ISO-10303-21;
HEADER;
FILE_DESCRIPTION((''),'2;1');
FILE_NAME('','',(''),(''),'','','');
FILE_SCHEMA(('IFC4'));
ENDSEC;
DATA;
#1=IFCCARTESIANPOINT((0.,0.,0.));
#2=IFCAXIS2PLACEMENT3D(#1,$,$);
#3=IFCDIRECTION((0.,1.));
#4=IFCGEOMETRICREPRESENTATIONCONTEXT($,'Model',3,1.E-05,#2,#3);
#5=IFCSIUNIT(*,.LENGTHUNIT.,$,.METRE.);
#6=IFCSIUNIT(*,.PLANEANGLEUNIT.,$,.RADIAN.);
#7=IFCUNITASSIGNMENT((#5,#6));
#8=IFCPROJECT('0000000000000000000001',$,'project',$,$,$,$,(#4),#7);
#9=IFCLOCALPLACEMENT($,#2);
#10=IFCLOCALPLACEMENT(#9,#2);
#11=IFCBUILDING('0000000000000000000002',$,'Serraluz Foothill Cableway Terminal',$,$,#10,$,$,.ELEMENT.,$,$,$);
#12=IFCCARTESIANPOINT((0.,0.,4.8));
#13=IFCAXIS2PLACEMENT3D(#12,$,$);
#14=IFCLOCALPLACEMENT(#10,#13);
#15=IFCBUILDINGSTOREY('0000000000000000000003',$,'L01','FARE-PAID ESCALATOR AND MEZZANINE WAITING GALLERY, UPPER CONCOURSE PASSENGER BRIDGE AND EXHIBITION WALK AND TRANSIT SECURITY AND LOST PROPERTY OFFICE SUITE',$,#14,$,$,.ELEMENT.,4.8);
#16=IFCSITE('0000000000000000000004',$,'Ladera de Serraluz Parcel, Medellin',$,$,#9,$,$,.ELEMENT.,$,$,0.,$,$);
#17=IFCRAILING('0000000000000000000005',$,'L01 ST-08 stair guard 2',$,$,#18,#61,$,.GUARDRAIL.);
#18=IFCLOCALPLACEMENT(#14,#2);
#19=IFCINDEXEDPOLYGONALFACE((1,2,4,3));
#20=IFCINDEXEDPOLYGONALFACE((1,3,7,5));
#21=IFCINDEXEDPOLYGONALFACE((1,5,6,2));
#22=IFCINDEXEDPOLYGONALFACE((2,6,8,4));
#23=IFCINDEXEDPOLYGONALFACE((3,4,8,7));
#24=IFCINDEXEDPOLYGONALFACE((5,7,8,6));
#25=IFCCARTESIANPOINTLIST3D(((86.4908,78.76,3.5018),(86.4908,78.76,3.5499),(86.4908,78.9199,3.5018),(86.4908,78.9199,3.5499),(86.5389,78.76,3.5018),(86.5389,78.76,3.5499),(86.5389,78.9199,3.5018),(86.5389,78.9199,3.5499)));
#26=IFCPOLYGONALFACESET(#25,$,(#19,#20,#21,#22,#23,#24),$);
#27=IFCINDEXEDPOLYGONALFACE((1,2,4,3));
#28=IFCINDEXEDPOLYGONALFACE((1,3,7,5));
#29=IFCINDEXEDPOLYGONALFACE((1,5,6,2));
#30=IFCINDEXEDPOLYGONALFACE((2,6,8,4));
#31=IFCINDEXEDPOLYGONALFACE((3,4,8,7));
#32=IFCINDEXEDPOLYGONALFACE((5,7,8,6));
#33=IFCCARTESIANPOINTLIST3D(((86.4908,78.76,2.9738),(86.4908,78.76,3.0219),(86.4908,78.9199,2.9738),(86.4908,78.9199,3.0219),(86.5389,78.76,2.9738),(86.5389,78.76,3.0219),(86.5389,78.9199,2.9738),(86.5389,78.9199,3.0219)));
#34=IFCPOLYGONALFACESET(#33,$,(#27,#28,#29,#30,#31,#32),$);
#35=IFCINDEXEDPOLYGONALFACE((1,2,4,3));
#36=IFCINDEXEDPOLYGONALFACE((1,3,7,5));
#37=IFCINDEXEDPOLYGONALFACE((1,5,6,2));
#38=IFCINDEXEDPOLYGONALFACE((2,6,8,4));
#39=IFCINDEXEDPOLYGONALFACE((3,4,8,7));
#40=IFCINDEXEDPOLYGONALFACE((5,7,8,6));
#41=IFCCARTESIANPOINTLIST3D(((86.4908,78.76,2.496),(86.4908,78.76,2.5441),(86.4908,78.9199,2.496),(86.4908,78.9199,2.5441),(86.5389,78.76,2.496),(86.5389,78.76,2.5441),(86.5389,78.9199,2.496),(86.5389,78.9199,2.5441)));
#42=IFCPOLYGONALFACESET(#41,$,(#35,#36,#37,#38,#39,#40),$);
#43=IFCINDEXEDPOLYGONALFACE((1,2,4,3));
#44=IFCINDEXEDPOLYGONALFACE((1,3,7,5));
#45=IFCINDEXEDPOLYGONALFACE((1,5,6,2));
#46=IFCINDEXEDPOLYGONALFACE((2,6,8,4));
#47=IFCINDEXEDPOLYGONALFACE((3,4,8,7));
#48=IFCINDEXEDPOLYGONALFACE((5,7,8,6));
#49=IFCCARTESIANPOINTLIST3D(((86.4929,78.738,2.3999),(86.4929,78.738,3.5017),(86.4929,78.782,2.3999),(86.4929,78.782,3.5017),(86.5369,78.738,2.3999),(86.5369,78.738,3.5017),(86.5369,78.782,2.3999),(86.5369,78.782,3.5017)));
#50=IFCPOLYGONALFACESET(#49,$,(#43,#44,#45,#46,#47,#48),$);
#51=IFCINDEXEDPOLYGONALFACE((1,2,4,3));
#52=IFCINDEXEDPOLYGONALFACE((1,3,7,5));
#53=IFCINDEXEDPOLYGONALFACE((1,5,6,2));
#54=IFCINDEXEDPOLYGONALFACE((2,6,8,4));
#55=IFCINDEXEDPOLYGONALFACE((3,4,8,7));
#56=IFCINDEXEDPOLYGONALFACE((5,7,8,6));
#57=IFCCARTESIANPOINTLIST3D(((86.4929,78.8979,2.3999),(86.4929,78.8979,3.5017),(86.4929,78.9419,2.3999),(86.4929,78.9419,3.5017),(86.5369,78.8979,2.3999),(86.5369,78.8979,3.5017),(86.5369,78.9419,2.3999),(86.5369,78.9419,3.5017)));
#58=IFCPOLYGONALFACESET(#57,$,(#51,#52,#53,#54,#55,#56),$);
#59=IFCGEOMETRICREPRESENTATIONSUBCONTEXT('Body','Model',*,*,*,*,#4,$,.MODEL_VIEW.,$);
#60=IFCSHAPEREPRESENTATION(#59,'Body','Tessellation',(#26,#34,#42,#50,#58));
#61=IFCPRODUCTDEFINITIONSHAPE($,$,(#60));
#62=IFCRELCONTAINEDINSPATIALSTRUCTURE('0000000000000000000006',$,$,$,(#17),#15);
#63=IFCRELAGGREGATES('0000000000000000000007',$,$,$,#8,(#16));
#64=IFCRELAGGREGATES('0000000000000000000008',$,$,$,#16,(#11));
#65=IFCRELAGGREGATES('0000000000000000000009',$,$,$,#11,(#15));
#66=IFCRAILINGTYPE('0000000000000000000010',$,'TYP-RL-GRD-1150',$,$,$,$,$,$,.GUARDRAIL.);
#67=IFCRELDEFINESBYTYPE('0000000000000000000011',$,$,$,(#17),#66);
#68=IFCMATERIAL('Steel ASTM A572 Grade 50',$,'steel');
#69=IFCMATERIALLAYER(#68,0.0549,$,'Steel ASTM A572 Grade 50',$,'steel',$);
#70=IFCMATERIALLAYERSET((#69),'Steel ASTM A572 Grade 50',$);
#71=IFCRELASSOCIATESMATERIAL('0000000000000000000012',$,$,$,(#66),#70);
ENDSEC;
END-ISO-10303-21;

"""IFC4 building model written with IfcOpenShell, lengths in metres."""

from ifc_helpers import new_model, si_unit, direction, frame, origin, origin_2d, place, context, subcontext, project, spatial, rectangle, extrude, material, layer, layer_set, type_object, element, save


model = new_model("IFC4")

# Units and contexts
model_context = context("Model", 3, precision=1e-05, world=origin(), true_north=direction((0.0, 1.0)))
body_context = subcontext(model_context, "Body", "Model", "MODEL_VIEW")
ifc_project = project(units=[si_unit("LENGTHUNIT", "METRE"), si_unit("PLANEANGLEUNIT", "RADIAN")], contexts=[model_context])

# Site, building, storey
site_placement = place(None, origin())
site = spatial("IfcSite", under=ifc_project, at=site_placement, Name="Ladera de Serraluz Parcel, Medellin", CompositionType="ELEMENT", RefElevation=0.0)
building_placement = place(site_placement, origin())
building = spatial("IfcBuilding", under=site, at=building_placement, Name="Serraluz Foothill Cableway Terminal", CompositionType="ELEMENT")
storey_placement = place(building_placement, frame((0.0, 0.0, 4.8)))
storey = spatial("IfcBuildingStorey", under=building, at=storey_placement, Name="L01", Description="FARE-PAID ESCALATOR AND MEZZANINE WAITING GALLERY, UPPER CONCOURSE PASSENGER BRIDGE AND EXHIBITION WALK AND TRANSIT SECURITY AND LOST PROPERTY OFFICE SUITE", CompositionType="ELEMENT", Elevation=4.8)

# Railing
ifc_material_1 = material(Name="Steel ASTM A572 Grade 50", Category="steel")
ifc_layer_1 = layer(ifc_material_1, 0.0549, Name="Steel ASTM A572 Grade 50", Category="steel")
ifc_layer_set_1 = layer_set([ifc_layer_1], Name="Steel ASTM A572 Grade 50")
railing_type_1 = type_object("IfcRailingType", Name="TYP-RL-GRD-1150", PredefinedType="GUARDRAIL", material=ifc_layer_set_1)
railing_1_placement = place(storey_placement, frame((86.5149, 78.76, 2.3999)))
element("IfcRailing", 1, at=railing_1_placement, inside=storey, type_object=railing_type_1, Name="L01 ST-08 stair guard 2", PredefinedType="GUARDRAIL", context=body_context, shape_type="SweptSolid", body=[
    extrude(rectangle(XDim=0.0481, YDim=0.0481, at=origin_2d()), frame((0.0, 0.0, 1.126), z_axis=(0.0, 1.0, 0.0), x_axis=(-1.0, 0.0, 0.0)), (0.0, 0.0, 1.0), 0.1599),
    extrude(rectangle(XDim=0.0481, YDim=0.0481, at=origin_2d()), frame((0.0, 0.0, 0.5979), z_axis=(0.0, 1.0, 0.0), x_axis=(-1.0, 0.0, 0.0)), (0.0, 0.0, 1.0), 0.1599),
    extrude(rectangle(XDim=0.0481, YDim=0.0481, at=origin_2d()), frame((0.0, 0.0, 0.1201), z_axis=(0.0, 1.0, 0.0), x_axis=(-1.0, 0.0, 0.0)), (0.0, 0.0, 1.0), 0.1599),
    extrude(rectangle(XDim=0.0439, YDim=0.0439, at=origin_2d()), origin(), (0.0, 0.0, 1.0), 1.1018),
    extrude(rectangle(XDim=0.0439, YDim=0.0439, at=origin_2d()), frame((0.0, 0.1599, 0.0)), (0.0, 0.0, 1.0), 1.1018),
])

save(model, "model.ifc")
